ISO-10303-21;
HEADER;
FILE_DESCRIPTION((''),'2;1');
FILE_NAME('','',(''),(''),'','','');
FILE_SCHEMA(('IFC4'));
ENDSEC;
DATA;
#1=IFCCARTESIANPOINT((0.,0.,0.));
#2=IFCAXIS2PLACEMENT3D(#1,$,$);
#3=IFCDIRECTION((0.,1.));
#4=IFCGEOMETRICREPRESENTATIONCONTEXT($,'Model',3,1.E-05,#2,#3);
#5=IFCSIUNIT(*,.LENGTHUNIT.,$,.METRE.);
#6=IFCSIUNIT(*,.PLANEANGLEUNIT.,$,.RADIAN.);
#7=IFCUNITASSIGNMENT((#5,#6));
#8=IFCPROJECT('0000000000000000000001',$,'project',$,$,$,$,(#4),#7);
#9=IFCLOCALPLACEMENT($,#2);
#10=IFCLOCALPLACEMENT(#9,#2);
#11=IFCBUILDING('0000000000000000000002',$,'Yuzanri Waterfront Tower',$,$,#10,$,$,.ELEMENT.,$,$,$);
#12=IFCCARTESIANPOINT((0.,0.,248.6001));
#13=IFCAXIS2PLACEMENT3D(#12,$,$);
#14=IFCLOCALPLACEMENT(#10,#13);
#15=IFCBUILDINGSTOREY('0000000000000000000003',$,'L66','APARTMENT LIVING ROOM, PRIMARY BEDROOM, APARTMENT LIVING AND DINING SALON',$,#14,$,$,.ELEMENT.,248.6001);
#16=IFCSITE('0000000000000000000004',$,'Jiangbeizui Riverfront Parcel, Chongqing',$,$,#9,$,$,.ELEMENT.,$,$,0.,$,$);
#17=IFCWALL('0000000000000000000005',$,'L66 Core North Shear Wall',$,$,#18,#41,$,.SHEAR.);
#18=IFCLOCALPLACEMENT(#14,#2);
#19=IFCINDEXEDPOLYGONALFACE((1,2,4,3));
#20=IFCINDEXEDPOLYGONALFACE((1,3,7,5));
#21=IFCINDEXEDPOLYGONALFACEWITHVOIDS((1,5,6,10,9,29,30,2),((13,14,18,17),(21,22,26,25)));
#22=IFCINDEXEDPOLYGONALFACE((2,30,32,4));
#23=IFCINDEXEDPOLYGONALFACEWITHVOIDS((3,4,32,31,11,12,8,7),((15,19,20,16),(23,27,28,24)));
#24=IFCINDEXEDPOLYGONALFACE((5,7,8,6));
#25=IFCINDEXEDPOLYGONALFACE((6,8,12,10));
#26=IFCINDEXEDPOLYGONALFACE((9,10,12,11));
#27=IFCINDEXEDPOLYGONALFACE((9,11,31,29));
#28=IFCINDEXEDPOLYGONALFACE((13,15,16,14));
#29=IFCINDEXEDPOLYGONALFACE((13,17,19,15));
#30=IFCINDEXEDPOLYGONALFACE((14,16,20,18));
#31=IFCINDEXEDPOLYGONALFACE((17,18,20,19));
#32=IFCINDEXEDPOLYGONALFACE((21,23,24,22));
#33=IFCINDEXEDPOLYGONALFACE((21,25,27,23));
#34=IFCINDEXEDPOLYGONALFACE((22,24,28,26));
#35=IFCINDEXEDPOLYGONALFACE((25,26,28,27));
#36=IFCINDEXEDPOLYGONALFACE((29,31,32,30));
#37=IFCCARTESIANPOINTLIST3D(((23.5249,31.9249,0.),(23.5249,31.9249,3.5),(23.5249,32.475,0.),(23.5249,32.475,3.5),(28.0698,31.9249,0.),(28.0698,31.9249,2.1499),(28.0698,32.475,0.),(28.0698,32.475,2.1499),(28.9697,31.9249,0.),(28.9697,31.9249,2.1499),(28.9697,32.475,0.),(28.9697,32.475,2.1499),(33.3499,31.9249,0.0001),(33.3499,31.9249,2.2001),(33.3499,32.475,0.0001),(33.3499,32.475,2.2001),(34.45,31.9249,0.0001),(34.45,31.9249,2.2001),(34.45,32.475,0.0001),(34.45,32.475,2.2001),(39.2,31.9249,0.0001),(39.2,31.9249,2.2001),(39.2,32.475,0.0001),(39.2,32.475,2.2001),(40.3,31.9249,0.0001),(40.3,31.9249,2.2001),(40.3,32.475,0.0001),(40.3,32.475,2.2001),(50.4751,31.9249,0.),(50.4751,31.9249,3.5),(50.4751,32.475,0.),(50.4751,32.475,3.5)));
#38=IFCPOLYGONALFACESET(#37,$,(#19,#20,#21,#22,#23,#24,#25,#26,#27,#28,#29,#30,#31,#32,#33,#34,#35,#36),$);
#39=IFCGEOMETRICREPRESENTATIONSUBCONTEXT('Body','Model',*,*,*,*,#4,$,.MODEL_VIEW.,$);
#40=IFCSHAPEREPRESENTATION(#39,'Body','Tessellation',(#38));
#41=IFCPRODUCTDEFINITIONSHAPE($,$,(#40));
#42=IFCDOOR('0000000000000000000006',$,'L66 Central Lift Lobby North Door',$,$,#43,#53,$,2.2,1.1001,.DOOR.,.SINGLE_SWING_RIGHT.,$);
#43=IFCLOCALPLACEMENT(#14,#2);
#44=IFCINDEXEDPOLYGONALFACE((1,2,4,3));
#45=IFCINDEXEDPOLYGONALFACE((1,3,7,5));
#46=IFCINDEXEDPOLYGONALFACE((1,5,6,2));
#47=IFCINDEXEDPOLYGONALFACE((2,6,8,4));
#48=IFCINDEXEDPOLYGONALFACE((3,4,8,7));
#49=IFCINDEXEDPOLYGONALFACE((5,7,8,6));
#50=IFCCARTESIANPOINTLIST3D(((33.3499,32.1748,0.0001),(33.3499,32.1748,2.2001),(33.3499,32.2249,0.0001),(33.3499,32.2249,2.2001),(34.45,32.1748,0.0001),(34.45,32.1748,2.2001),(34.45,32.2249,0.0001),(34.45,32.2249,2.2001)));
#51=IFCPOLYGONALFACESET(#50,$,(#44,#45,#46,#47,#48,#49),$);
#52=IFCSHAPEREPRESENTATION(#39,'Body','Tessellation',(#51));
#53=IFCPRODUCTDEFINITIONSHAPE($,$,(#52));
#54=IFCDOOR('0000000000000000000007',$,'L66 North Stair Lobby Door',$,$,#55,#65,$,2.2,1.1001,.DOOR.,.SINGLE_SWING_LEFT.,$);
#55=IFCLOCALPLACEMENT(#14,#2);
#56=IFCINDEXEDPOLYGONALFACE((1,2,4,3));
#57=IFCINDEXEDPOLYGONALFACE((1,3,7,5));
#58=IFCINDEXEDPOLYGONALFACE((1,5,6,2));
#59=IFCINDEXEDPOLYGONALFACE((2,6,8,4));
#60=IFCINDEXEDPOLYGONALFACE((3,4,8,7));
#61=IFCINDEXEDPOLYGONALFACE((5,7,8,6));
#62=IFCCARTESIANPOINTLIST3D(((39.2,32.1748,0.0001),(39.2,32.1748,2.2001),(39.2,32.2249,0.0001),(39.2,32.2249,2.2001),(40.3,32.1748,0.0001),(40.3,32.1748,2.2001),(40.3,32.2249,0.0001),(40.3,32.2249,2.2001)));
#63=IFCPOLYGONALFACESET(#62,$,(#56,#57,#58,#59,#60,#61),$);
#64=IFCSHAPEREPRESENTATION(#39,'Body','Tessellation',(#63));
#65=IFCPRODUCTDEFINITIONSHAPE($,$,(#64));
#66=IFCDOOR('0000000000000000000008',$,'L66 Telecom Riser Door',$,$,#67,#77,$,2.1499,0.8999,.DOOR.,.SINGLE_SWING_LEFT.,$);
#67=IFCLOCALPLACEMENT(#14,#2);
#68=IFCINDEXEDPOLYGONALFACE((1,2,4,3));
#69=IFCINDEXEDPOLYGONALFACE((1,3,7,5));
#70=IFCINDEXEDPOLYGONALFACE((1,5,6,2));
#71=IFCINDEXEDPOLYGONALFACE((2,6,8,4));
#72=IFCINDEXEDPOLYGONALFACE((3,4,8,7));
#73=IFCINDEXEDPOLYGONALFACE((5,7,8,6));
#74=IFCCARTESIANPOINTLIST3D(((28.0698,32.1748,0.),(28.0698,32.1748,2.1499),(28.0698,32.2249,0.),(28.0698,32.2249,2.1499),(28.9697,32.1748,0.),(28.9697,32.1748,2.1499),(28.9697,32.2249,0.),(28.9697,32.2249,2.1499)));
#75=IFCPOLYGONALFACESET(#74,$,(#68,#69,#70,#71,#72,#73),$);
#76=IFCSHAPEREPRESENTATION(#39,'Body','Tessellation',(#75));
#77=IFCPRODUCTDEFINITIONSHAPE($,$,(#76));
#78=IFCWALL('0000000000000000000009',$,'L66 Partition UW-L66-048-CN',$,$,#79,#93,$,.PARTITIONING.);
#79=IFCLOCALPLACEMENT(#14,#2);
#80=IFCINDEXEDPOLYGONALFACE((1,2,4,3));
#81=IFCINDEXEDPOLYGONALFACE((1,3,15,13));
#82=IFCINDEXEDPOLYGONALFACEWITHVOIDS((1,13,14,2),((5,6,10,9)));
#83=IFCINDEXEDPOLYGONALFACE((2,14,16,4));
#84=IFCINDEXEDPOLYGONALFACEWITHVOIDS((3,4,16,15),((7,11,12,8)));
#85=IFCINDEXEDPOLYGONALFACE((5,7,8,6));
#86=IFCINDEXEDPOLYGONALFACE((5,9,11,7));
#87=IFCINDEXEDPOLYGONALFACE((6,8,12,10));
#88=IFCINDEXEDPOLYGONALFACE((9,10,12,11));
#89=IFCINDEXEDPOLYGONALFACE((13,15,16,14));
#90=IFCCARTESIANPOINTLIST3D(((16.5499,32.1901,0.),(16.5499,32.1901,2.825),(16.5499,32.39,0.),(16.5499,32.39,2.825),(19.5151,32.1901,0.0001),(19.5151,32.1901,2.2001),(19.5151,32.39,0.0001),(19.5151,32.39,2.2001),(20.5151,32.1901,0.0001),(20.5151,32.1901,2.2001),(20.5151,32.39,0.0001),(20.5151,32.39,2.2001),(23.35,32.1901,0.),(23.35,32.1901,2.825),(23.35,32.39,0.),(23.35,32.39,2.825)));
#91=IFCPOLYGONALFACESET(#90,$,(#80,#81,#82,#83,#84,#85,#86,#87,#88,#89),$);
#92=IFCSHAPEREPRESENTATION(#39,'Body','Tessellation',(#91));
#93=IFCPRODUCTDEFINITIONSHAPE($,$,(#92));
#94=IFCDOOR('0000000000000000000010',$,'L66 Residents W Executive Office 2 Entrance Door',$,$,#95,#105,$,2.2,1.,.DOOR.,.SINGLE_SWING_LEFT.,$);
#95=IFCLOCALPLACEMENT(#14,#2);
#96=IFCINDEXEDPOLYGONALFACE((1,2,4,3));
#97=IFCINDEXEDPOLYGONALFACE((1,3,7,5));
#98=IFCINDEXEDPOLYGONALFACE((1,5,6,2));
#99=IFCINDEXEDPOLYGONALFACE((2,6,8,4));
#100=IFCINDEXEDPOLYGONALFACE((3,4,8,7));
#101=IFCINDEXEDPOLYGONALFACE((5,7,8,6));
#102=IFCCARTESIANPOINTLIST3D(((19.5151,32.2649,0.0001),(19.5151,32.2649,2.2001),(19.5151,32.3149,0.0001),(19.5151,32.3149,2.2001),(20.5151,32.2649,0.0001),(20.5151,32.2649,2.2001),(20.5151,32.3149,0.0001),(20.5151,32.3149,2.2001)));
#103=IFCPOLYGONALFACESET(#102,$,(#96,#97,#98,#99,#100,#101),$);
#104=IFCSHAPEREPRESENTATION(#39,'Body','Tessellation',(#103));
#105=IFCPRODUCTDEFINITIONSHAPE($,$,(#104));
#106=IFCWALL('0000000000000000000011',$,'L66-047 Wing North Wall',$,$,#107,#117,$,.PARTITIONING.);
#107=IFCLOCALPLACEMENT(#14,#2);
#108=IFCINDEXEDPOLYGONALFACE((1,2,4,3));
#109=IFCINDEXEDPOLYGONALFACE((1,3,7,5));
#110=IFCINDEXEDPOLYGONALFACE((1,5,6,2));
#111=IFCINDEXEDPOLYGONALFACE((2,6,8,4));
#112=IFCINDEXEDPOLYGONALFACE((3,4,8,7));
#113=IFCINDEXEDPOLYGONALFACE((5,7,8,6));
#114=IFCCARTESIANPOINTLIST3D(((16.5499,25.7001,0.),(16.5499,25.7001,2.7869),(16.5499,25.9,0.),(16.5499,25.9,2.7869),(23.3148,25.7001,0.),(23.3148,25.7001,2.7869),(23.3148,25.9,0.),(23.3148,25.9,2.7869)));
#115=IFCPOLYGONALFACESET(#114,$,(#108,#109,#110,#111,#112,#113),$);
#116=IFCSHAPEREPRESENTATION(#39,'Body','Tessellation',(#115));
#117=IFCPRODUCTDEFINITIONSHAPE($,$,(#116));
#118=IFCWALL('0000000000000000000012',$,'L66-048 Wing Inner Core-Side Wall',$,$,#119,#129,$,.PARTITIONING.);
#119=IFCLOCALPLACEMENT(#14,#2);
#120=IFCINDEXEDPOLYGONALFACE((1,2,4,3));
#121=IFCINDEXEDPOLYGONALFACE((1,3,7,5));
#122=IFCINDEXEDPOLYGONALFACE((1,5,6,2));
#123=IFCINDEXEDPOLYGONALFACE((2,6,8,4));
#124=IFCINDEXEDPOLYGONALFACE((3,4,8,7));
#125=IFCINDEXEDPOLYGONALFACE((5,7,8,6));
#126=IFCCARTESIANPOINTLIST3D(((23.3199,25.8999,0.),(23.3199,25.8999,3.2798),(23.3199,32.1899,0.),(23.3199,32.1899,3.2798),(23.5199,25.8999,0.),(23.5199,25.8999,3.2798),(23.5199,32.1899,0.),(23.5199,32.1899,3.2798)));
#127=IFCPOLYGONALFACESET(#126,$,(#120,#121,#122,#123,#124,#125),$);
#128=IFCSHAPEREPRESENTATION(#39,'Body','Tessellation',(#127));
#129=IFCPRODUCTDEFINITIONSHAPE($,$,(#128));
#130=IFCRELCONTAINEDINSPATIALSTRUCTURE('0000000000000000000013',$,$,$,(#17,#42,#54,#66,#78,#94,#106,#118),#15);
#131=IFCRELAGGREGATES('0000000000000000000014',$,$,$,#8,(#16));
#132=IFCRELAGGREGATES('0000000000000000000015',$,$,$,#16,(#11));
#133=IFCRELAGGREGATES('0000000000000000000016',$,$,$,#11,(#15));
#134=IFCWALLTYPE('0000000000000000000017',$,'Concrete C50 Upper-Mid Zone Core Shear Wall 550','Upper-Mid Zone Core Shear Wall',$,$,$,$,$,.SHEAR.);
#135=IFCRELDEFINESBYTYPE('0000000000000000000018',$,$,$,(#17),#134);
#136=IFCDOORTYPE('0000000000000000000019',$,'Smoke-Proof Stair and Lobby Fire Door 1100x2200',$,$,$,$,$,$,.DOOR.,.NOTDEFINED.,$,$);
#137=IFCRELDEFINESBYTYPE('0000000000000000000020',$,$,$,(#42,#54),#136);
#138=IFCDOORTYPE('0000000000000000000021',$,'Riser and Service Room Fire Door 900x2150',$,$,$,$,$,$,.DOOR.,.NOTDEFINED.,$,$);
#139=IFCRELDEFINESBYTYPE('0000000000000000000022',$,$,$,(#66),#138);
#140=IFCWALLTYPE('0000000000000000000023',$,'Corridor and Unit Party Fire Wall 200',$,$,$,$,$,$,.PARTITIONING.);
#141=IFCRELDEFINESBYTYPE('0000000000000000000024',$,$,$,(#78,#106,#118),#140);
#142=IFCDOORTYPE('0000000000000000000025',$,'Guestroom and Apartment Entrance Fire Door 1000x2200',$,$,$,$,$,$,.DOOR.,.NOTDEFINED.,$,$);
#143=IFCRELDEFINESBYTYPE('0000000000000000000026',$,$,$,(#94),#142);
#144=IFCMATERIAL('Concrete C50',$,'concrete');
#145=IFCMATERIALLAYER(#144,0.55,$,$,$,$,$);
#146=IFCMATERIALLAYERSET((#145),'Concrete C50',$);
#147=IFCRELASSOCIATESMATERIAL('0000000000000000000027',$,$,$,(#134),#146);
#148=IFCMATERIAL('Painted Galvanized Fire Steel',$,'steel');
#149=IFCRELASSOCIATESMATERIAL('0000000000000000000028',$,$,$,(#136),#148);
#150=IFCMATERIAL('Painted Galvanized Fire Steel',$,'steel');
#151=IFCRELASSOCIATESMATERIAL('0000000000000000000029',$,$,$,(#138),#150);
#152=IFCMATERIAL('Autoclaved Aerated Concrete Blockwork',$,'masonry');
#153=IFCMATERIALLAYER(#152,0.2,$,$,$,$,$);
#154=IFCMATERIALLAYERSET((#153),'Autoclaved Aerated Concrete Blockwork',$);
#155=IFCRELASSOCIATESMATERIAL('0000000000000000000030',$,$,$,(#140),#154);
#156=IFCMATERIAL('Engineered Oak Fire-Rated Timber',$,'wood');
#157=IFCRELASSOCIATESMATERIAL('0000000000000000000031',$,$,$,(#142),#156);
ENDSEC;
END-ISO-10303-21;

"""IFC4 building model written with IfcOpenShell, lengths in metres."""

from ifc_helpers import new_model, si_unit, direction, frame, frame_2d, origin, place, context, subcontext, project, spatial, rectangle, extrude, source, transform, mapped, material, layer, layer_set, type_object, element, fill, save


model = new_model("IFC4")

# Units and contexts
model_context = context("Model", 3, precision=1e-05, world=origin(), true_north=direction((0.0, 1.0)))
body_context = subcontext(model_context, "Body", "Model", "MODEL_VIEW")
ifc_project = project(units=[si_unit("LENGTHUNIT", "METRE"), si_unit("PLANEANGLEUNIT", "RADIAN")], contexts=[model_context])

# Site, building, storey
site_placement = place(None, origin())
site = spatial("IfcSite", under=ifc_project, at=site_placement, Name="Jiangbeizui Riverfront Parcel, Chongqing", CompositionType="ELEMENT", RefElevation=0.0)
building_placement = place(site_placement, origin())
building = spatial("IfcBuilding", under=site, at=building_placement, Name="Yuzanri Waterfront Tower", CompositionType="ELEMENT")
storey_placement = place(building_placement, frame((0.0, 0.0, 248.6001)))
storey = spatial("IfcBuildingStorey", under=building, at=storey_placement, Name="L66", Description="APARTMENT LIVING ROOM, PRIMARY BEDROOM, APARTMENT LIVING AND DINING SALON", CompositionType="ELEMENT", Elevation=248.6001)

# Wall, openings, doors
ifc_material_1 = material(Name="Concrete C50", Category="concrete")
ifc_layer_1 = layer(ifc_material_1, 0.55)
ifc_layer_set_1 = layer_set([ifc_layer_1], Name="Concrete C50")
wall_type_1 = type_object("IfcWallType", Name="Concrete C50 Upper-Mid Zone Core Shear Wall 550", Description="Upper-Mid Zone Core Shear Wall", PredefinedType="SHEAR", material=ifc_layer_set_1)
wall_1_placement = place(storey_placement, frame((23.5249, 32.2, 0.0), z_axis=(0.0, 0.0, 1.0), x_axis=(1.0, 0.0, 0.0)))
wall_1 = element("IfcWall", 1, at=wall_1_placement, inside=storey, type_object=wall_type_1, Name="L66 Core North Shear Wall", PredefinedType="SHEAR", context=body_context, shape_type="SweptSolid", body=[
    extrude(rectangle(XDim=26.9502, YDim=0.55, at=frame_2d((13.4751, 0.0))), origin(), (0.0, 0.0, 1.0), 3.5),
])
opening_1_placement = place(wall_1_placement, frame((4.5449, 0.0, 0.0)))
opening_1 = element("IfcOpeningElement", 2, at=opening_1_placement, cuts=wall_1, PredefinedType="OPENING", context=body_context, shape_type="SweptSolid", body=[
    extrude(rectangle(XDim=0.8999, YDim=2.1499, at=frame_2d((0.45, 1.075))), frame((0.0, 0.29, 0.0), z_axis=(0.0, -1.0, 0.0), x_axis=(1.0, 0.0, 0.0)), (0.0, 0.0, 1.0), 0.5798),
])
opening_2_placement = place(wall_1_placement, frame((9.825, 0.0, 0.0)))
opening_2 = element("IfcOpeningElement", 3, at=opening_2_placement, cuts=wall_1, PredefinedType="OPENING", context=body_context, shape_type="SweptSolid", body=[
    extrude(rectangle(XDim=1.1001, YDim=2.2, at=frame_2d((0.55, 1.1001))), frame((0.0, 0.29, 0.0), z_axis=(0.0, -1.0, 0.0), x_axis=(1.0, 0.0, 0.0)), (0.0, 0.0, 1.0), 0.5798),
])
opening_3_placement = place(wall_1_placement, frame((15.675, 0.0, 0.0)))
opening_3 = element("IfcOpeningElement", 4, at=opening_3_placement, cuts=wall_1, PredefinedType="OPENING", context=body_context, shape_type="SweptSolid", body=[
    extrude(rectangle(XDim=1.1001, YDim=2.2, at=frame_2d((0.55, 1.1001))), frame((0.0, 0.29, 0.0), z_axis=(0.0, -1.0, 0.0), x_axis=(1.0, 0.0, 0.0)), (0.0, 0.0, 1.0), 0.5798),
])
ifc_material_2 = material(Name="Painted Galvanized Fire Steel", Category="steel")
door_type_1 = type_object("IfcDoorType", Name="Smoke-Proof Stair and Lobby Fire Door 1100x2200", OperationType="NOTDEFINED", PredefinedType="DOOR", material=ifc_material_2)
shared_shape_1 = source(origin(), body_context, "Body", "SweptSolid", [
    extrude(rectangle(XDim=1.1001, YDim=2.2, at=frame_2d((0.55, 1.1001))), frame((0.0, 0.0249, 0.0), z_axis=(0.0, -1.0, 0.0), x_axis=(1.0, 0.0, 0.0)), (0.0, 0.0, 1.0), 0.05),
])
door_1_placement = place(opening_2_placement, origin())
door_1 = element("IfcDoor", 5, at=door_1_placement, inside=storey, type_object=door_type_1, Name="L66 Central Lift Lobby North Door", OperationType="SINGLE_SWING_RIGHT", OverallHeight=2.2, OverallWidth=1.1001, PredefinedType="DOOR", context=body_context, shape_type="MappedRepresentation", body=[
    mapped(shared_shape_1, transform((0.0, 0.0, 0.0), scale=1.0)),
])
fill(opening_2, door_1)
door_2_placement = place(opening_3_placement, origin())
door_2 = element("IfcDoor", 6, at=door_2_placement, inside=storey, type_object=door_type_1, Name="L66 North Stair Lobby Door", OperationType="SINGLE_SWING_LEFT", OverallHeight=2.2, OverallWidth=1.1001, PredefinedType="DOOR", context=body_context, shape_type="MappedRepresentation", body=[
    mapped(shared_shape_1, transform((0.0, 0.0, 0.0), scale=1.0)),
])
fill(opening_3, door_2)
ifc_material_3 = material(Name="Painted Galvanized Fire Steel", Category="steel")
door_type_2 = type_object("IfcDoorType", Name="Riser and Service Room Fire Door 900x2150", OperationType="NOTDEFINED", PredefinedType="DOOR", material=ifc_material_3)
shared_shape_2 = source(origin(), body_context, "Body", "SweptSolid", [
    extrude(rectangle(XDim=0.8999, YDim=2.1499, at=frame_2d((0.45, 1.075))), frame((0.0, 0.0249, 0.0), z_axis=(0.0, -1.0, 0.0), x_axis=(1.0, 0.0, 0.0)), (0.0, 0.0, 1.0), 0.05),
])
door_3_placement = place(opening_1_placement, origin())
door_3 = element("IfcDoor", 7, at=door_3_placement, inside=storey, type_object=door_type_2, Name="L66 Telecom Riser Door", OperationType="SINGLE_SWING_LEFT", OverallHeight=2.1499, OverallWidth=0.8999, PredefinedType="DOOR", context=body_context, shape_type="MappedRepresentation", body=[
    mapped(shared_shape_2, transform((0.0, 0.0, 0.0), scale=1.0)),
])
fill(opening_1, door_3)

# Wall, opening, door
ifc_material_4 = material(Name="Autoclaved Aerated Concrete Blockwork", Category="masonry")
ifc_layer_2 = layer(ifc_material_4, 0.2)
ifc_layer_set_2 = layer_set([ifc_layer_2], Name="Autoclaved Aerated Concrete Blockwork")
wall_type_2 = type_object("IfcWallType", Name="Corridor and Unit Party Fire Wall 200", PredefinedType="PARTITIONING", material=ifc_layer_set_2)
wall_2_placement = place(storey_placement, frame((16.55, 32.29, 0.0), z_axis=(0.0, 0.0, 1.0), x_axis=(1.0, 0.0, 0.0)))
wall_2 = element("IfcWall", 8, at=wall_2_placement, inside=storey, type_object=wall_type_2, Name="L66 Partition UW-L66-048-CN", PredefinedType="PARTITIONING", context=body_context, shape_type="SweptSolid", body=[
    extrude(rectangle(XDim=6.8, YDim=0.2, at=frame_2d((3.3999, 0.0))), origin(), (0.0, 0.0, 1.0), 2.825),
])
opening_4_placement = place(wall_2_placement, frame((2.9651, 0.0, 0.0)))
opening_4 = element("IfcOpeningElement", 9, at=opening_4_placement, cuts=wall_2, PredefinedType="OPENING", context=body_context, shape_type="SweptSolid", body=[
    extrude(rectangle(XDim=1.0, YDim=2.2, at=frame_2d((0.5, 1.1001))), frame((0.0, 0.1147, 0.0), z_axis=(0.0, -1.0, 0.0), x_axis=(1.0, 0.0, 0.0)), (0.0, 0.0, 1.0), 0.2297),
])
ifc_material_5 = material(Name="Engineered Oak Fire-Rated Timber", Category="wood")
door_type_3 = type_object("IfcDoorType", Name="Guestroom and Apartment Entrance Fire Door 1000x2200", OperationType="NOTDEFINED", PredefinedType="DOOR", material=ifc_material_5)
shared_shape_3 = source(origin(), body_context, "Body", "SweptSolid", [
    extrude(rectangle(XDim=1.0, YDim=2.2, at=frame_2d((0.5, 1.1001))), frame((0.0, 0.0249, 0.0), z_axis=(0.0, -1.0, 0.0), x_axis=(1.0, 0.0, 0.0)), (0.0, 0.0, 1.0), 0.05),
])
door_4_placement = place(opening_4_placement, origin())
door_4 = element("IfcDoor", 10, at=door_4_placement, inside=storey, type_object=door_type_3, Name="L66 Residents W Executive Office 2 Entrance Door", OperationType="SINGLE_SWING_LEFT", OverallHeight=2.2, OverallWidth=1.0, PredefinedType="DOOR", context=body_context, shape_type="MappedRepresentation", body=[
    mapped(shared_shape_3, transform((0.0, 0.0, 0.0), scale=1.0)),
])
fill(opening_4, door_4)

# Walls
shared_shape_4 = source(origin(), body_context, "Body", "SweptSolid", [
    extrude(rectangle(XDim=6.7649, YDim=0.2, at=frame_2d((3.3823, 0.0))), origin(), (0.0, 0.0, 1.0), 2.7869),
])
wall_3_placement = place(storey_placement, frame((16.55, 25.8, 0.0), z_axis=(0.0, 0.0, 1.0), x_axis=(1.0, 0.0, 0.0)))
element("IfcWall", 11, at=wall_3_placement, inside=storey, type_object=wall_type_2, Name="L66-047 Wing North Wall", PredefinedType="PARTITIONING", context=body_context, shape_type="MappedRepresentation", body=[
    mapped(shared_shape_4, transform((0.0, 0.0, 0.0), scale=1.0)),
])
shared_shape_5 = source(origin(), body_context, "Body", "SweptSolid", [
    extrude(rectangle(XDim=6.29, YDim=0.2, at=frame_2d((3.145, 0.0))), origin(), (0.0, 0.0, 1.0), 3.2798),
])
wall_4_placement = place(storey_placement, frame((23.4199, 25.8999, 0.0), z_axis=(0.0, 0.0, 1.0), x_axis=(0.0, 1.0, 0.0)))
element("IfcWall", 12, at=wall_4_placement, inside=storey, type_object=wall_type_2, Name="L66-048 Wing Inner Core-Side Wall", PredefinedType="PARTITIONING", context=body_context, shape_type="MappedRepresentation", body=[
    mapped(shared_shape_5, transform((0.0, 0.0, 0.0), scale=1.0)),
])

save(model, "model.ifc")
